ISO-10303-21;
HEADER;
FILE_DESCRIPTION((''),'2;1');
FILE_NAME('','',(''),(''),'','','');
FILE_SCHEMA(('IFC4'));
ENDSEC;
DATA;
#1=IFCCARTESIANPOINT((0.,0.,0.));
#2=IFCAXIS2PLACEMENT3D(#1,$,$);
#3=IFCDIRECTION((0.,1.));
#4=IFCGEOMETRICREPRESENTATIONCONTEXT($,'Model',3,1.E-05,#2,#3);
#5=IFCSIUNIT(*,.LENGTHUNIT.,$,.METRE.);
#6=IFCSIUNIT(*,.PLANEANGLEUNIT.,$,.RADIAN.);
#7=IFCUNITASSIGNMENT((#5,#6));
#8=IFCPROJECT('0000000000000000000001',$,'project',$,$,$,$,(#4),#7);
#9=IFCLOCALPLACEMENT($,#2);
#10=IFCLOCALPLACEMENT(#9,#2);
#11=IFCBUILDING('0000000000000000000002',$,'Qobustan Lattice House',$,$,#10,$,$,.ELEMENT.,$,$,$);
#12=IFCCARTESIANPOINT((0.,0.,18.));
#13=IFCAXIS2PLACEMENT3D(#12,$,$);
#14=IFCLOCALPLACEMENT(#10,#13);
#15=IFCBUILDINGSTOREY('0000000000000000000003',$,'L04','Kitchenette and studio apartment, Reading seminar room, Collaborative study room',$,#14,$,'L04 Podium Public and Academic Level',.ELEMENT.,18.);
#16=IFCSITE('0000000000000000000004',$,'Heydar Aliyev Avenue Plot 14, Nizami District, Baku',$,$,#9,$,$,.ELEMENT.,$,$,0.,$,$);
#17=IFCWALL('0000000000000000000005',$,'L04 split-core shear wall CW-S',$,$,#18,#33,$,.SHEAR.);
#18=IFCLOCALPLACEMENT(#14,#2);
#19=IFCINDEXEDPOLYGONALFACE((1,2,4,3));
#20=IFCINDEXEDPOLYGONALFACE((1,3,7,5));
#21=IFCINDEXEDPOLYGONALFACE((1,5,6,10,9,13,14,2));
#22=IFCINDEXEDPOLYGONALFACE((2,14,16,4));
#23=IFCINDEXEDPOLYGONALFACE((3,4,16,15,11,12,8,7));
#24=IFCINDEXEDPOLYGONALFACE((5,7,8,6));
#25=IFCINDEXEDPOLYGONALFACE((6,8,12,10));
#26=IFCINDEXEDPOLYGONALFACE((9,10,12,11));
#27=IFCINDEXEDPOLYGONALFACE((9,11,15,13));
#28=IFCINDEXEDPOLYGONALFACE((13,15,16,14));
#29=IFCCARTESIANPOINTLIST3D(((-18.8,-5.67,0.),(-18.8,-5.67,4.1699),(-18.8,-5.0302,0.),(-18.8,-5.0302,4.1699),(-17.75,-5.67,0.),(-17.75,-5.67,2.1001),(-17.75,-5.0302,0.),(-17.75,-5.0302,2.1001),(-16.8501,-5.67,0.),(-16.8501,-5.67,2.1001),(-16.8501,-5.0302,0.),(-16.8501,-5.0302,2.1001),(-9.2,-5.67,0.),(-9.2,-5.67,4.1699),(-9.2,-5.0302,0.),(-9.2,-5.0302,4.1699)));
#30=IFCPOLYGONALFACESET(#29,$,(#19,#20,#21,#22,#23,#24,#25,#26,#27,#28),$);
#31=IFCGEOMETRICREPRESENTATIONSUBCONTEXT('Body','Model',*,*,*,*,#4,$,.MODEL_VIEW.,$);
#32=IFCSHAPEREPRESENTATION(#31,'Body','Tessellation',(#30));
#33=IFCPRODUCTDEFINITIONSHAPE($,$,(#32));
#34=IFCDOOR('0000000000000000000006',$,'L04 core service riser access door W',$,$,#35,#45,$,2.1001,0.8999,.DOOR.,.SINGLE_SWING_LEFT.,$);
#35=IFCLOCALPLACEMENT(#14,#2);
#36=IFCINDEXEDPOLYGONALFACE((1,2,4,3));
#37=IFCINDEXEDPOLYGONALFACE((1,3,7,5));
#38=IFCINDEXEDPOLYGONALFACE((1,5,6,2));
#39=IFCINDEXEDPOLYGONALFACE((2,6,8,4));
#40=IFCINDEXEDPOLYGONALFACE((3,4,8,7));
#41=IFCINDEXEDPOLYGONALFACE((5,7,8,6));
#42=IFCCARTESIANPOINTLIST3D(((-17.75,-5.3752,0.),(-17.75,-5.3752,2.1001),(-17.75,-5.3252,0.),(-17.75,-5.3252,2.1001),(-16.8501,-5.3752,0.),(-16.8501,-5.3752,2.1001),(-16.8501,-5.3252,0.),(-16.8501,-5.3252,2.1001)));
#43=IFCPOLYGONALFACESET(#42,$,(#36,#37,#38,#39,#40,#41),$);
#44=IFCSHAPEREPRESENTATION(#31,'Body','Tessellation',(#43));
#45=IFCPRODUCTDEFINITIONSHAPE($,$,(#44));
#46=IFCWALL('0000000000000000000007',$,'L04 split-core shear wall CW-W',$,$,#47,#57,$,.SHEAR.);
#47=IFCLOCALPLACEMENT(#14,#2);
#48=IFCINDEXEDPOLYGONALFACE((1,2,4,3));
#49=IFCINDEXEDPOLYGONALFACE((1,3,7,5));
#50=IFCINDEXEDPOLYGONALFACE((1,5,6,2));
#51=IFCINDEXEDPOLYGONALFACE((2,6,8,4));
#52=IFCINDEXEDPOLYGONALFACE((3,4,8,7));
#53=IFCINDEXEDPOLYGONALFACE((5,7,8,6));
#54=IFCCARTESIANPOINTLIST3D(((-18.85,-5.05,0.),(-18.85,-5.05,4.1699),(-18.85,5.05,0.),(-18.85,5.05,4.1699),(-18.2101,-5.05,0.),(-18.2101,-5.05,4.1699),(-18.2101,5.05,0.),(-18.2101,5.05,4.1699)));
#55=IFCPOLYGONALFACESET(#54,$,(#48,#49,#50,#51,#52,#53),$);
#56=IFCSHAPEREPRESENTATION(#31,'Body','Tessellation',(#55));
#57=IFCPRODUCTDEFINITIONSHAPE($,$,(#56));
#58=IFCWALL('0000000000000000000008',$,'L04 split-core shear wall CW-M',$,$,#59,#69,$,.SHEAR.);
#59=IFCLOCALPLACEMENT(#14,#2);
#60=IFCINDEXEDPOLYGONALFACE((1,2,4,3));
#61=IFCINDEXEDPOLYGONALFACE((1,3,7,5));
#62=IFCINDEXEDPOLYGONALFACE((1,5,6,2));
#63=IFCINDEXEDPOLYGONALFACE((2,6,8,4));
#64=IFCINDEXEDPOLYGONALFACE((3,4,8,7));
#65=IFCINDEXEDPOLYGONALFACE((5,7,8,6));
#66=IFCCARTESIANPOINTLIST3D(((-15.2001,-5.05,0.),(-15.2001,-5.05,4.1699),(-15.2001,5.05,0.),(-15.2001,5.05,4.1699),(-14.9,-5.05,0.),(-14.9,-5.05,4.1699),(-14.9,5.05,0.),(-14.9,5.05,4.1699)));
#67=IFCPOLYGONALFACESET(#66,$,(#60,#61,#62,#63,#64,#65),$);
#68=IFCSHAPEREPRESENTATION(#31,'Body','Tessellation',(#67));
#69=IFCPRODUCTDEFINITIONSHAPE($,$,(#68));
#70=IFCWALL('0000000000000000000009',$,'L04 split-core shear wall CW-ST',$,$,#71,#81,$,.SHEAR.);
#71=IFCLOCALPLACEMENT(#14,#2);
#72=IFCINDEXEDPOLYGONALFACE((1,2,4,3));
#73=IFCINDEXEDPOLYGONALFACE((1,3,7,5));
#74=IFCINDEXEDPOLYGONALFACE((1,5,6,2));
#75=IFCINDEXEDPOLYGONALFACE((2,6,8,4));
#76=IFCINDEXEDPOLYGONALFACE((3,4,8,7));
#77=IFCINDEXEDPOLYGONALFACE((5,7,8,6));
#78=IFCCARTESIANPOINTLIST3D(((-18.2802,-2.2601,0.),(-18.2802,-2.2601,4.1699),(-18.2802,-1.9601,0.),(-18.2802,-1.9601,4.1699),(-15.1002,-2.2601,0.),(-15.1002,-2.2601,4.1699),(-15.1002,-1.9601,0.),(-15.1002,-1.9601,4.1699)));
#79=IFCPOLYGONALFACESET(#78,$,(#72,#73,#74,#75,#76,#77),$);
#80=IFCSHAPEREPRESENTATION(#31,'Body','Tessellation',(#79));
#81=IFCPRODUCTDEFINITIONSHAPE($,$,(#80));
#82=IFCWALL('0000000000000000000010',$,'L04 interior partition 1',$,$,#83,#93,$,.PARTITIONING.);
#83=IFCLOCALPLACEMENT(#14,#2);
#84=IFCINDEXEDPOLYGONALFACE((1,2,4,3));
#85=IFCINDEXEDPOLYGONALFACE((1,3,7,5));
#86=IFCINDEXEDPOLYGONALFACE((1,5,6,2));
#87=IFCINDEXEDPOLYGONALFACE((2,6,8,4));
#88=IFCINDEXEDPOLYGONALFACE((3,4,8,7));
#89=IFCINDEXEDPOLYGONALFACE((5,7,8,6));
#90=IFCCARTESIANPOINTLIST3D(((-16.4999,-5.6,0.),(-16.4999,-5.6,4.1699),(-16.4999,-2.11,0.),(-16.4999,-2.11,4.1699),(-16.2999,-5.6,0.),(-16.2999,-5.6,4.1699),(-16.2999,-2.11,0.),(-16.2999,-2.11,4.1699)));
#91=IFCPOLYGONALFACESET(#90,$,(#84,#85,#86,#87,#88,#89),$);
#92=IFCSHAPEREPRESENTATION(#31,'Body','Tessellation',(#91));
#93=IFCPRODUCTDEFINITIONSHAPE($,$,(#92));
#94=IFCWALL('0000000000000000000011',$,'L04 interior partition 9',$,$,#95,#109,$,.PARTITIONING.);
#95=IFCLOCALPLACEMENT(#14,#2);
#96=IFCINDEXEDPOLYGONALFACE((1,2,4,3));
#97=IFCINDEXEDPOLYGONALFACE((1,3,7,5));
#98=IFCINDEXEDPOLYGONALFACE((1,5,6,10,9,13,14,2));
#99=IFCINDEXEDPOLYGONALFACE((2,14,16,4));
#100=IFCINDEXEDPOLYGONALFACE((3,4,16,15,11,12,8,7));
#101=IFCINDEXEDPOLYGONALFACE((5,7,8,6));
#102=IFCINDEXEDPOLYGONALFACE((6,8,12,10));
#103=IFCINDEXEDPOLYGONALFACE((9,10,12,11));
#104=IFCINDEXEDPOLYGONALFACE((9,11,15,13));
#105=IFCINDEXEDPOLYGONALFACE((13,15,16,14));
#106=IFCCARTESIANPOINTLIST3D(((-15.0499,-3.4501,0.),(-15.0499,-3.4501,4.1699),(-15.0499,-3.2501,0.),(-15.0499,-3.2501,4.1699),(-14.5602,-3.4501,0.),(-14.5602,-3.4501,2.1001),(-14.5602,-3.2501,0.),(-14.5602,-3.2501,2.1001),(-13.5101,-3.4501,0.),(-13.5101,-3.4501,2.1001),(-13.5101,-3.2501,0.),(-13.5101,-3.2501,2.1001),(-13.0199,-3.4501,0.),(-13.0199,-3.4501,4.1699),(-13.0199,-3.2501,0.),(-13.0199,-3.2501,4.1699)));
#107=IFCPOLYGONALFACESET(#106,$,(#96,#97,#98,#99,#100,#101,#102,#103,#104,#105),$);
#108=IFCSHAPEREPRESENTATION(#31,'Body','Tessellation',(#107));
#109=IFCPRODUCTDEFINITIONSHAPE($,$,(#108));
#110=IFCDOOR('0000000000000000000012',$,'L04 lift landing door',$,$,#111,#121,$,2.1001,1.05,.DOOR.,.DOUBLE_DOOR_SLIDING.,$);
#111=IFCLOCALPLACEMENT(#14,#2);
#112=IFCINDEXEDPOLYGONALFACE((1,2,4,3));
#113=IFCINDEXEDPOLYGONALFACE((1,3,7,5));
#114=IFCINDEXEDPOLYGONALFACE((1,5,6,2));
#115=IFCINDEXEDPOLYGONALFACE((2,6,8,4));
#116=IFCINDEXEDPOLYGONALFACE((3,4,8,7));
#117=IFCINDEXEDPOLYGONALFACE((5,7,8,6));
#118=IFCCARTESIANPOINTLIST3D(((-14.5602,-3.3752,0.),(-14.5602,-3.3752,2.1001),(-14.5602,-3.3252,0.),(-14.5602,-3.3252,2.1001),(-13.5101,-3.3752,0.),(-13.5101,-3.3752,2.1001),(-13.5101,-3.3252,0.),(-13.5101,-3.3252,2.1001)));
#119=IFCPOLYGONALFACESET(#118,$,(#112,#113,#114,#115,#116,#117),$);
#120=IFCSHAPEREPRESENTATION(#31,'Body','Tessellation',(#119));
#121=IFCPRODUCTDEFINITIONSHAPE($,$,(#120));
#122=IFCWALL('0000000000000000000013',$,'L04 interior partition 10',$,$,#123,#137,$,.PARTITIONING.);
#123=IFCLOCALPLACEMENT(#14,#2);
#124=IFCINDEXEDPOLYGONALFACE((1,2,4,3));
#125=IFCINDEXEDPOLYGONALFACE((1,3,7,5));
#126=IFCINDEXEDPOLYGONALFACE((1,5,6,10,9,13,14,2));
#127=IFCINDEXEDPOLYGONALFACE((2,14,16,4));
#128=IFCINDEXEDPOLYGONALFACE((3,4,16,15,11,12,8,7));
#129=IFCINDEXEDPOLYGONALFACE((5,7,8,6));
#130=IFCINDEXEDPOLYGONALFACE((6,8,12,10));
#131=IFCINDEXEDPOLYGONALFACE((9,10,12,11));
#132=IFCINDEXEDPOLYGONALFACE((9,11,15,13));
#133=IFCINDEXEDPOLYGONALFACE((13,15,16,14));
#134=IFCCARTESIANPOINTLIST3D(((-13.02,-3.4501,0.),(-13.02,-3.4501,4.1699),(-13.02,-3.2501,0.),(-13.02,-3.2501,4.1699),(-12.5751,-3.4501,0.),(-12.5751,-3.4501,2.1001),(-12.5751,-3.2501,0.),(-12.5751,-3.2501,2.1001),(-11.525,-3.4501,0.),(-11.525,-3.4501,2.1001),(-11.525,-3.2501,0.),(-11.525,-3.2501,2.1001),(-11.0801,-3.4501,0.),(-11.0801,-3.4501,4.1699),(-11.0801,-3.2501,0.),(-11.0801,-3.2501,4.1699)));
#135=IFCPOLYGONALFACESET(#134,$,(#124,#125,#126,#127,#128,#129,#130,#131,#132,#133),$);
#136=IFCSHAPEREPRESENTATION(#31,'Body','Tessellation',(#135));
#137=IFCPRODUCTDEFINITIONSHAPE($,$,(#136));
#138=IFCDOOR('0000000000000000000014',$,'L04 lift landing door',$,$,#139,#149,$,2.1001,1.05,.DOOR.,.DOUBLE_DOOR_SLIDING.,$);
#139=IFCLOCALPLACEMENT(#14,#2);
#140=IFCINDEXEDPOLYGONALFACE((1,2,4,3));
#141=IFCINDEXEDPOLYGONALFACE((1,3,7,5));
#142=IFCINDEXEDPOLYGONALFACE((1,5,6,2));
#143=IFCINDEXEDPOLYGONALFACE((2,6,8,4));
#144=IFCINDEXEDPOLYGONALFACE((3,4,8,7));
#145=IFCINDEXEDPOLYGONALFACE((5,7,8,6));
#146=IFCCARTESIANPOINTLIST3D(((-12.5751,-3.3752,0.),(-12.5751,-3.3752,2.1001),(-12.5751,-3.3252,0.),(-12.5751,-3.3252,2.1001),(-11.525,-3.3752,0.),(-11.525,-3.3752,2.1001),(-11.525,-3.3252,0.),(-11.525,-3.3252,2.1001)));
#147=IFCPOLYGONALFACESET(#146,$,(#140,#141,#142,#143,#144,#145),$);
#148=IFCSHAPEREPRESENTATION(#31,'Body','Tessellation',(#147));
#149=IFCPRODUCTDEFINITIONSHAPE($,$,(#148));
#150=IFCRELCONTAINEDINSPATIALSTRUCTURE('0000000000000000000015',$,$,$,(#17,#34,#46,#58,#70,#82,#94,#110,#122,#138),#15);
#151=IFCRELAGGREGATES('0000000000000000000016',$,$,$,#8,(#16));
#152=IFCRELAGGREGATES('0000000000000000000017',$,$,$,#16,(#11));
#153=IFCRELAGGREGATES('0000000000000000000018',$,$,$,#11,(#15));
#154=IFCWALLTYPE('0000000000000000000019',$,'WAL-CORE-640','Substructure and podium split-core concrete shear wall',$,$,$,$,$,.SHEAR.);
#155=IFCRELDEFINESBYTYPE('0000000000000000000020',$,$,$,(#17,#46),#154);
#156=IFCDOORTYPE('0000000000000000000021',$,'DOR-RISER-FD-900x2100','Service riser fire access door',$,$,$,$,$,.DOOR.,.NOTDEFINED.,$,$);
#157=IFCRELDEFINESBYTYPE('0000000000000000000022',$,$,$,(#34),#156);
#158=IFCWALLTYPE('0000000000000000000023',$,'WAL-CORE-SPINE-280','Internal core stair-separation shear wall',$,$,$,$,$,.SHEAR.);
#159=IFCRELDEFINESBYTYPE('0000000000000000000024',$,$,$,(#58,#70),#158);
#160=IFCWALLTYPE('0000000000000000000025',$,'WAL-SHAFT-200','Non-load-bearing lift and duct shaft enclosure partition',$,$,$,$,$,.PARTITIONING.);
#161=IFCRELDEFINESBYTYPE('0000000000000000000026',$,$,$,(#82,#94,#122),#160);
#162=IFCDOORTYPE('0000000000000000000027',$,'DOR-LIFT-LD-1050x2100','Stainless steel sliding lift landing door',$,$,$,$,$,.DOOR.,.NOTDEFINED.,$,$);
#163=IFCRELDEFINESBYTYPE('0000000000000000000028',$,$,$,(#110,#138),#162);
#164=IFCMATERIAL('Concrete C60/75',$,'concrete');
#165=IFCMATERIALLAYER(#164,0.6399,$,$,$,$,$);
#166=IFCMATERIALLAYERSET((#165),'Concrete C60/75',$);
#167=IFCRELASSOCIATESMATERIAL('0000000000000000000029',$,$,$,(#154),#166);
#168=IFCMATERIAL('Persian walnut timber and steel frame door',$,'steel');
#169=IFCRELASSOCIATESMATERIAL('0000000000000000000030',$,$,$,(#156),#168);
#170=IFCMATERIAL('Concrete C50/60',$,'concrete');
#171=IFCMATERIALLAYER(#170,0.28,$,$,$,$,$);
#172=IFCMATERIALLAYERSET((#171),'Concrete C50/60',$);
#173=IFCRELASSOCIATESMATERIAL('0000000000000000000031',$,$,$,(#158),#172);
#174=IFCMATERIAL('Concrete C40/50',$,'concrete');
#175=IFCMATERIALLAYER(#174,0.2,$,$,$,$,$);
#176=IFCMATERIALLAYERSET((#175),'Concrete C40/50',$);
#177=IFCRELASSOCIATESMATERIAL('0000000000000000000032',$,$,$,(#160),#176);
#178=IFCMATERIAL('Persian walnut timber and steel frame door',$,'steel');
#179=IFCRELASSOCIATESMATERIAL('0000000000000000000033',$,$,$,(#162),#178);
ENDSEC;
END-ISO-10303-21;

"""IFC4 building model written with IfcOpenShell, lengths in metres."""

from ifc_helpers import new_model, si_unit, direction, frame, frame_2d, origin, place, context, subcontext, project, spatial, rectangle, extrude, material, layer, layer_set, type_object, element, fill, save


model = new_model("IFC4")

# Units and contexts
model_context = context("Model", 3, precision=1e-05, world=origin(), true_north=direction((0.0, 1.0)))
body_context = subcontext(model_context, "Body", "Model", "MODEL_VIEW")
ifc_project = project(units=[si_unit("LENGTHUNIT", "METRE"), si_unit("PLANEANGLEUNIT", "RADIAN")], contexts=[model_context])

# Site, building, storey
site_placement = place(None, origin())
site = spatial("IfcSite", under=ifc_project, at=site_placement, Name="Heydar Aliyev Avenue Plot 14, Nizami District, Baku", CompositionType="ELEMENT", RefElevation=0.0)
building_placement = place(site_placement, origin())
building = spatial("IfcBuilding", under=site, at=building_placement, Name="Qobustan Lattice House", CompositionType="ELEMENT")
storey_placement = place(building_placement, frame((0.0, 0.0, 18.0)))
storey = spatial("IfcBuildingStorey", under=building, at=storey_placement, Name="L04", Description="Kitchenette and studio apartment, Reading seminar room, Collaborative study room", LongName="L04 Podium Public and Academic Level", CompositionType="ELEMENT", Elevation=18.0)

# Wall, opening, door
ifc_material_1 = material(Name="Concrete C60/75", Category="concrete")
ifc_layer_1 = layer(ifc_material_1, 0.6399)
ifc_layer_set_1 = layer_set([ifc_layer_1], Name="Concrete C60/75")
wall_type_1 = type_object("IfcWallType", Name="WAL-CORE-640", Description="Substructure and podium split-core concrete shear wall", PredefinedType="SHEAR", material=ifc_layer_set_1)
wall_1_placement = place(storey_placement, frame((-18.8, -5.3501, 0.0), z_axis=(0.0, 0.0, 1.0), x_axis=(1.0, 0.0, 0.0)))
wall_1 = element("IfcWall", 1, at=wall_1_placement, inside=storey, type_object=wall_type_1, Name="L04 split-core shear wall CW-S", PredefinedType="SHEAR", context=body_context, shape_type="SweptSolid", body=[
    extrude(rectangle(XDim=9.6001, YDim=0.6399, at=frame_2d((4.8, 0.0))), origin(), (0.0, 0.0, 1.0), 4.1699),
])
opening_1_placement = place(wall_1_placement, frame((1.05, 0.0, 0.0)))
opening_1 = element("IfcOpeningElement", 2, at=opening_1_placement, cuts=wall_1, PredefinedType="OPENING", context=body_context, shape_type="SweptSolid", body=[
    extrude(rectangle(XDim=0.8999, YDim=2.1001, at=frame_2d((0.45, 1.05))), frame((0.0, 0.3298, 0.0), z_axis=(0.0, -1.0, 0.0), x_axis=(1.0, 0.0, 0.0)), (0.0, 0.0, 1.0), 0.6599),
])
ifc_material_2 = material(Name="Persian walnut timber and steel frame door", Category="steel")
door_type_1 = type_object("IfcDoorType", Name="DOR-RISER-FD-900x2100", Description="Service riser fire access door", OperationType="NOTDEFINED", PredefinedType="DOOR", material=ifc_material_2)
door_1_placement = place(opening_1_placement, origin())
door_1 = element("IfcDoor", 3, at=door_1_placement, inside=storey, type_object=door_type_1, Name="L04 core service riser access door W", OperationType="SINGLE_SWING_LEFT", OverallHeight=2.1001, OverallWidth=0.8999, PredefinedType="DOOR", context=body_context, shape_type="SweptSolid", body=[
    extrude(rectangle(XDim=0.8999, YDim=2.1001, at=frame_2d((0.45, 1.05))), frame((0.0, 0.0249, 0.0), z_axis=(0.0, -1.0, 0.0), x_axis=(1.0, 0.0, 0.0)), (0.0, 0.0, 1.0), 0.05),
])
fill(opening_1, door_1)

# Walls
wall_2_placement = place(storey_placement, frame((-18.53, -5.05, 0.0), z_axis=(0.0, 0.0, 1.0), x_axis=(0.0, 1.0, 0.0)))
element("IfcWall", 4, at=wall_2_placement, inside=storey, type_object=wall_type_1, Name="L04 split-core shear wall CW-W", PredefinedType="SHEAR", context=body_context, shape_type="SweptSolid", body=[
    extrude(rectangle(XDim=10.1001, YDim=0.6399, at=frame_2d((5.05, 0.0))), origin(), (0.0, 0.0, 1.0), 4.1699),
])
ifc_material_3 = material(Name="Concrete C50/60", Category="concrete")
ifc_layer_2 = layer(ifc_material_3, 0.28)
ifc_layer_set_2 = layer_set([ifc_layer_2], Name="Concrete C50/60")
wall_type_2 = type_object("IfcWallType", Name="WAL-CORE-SPINE-280", Description="Internal core stair-separation shear wall", PredefinedType="SHEAR", material=ifc_layer_set_2)
wall_3_placement = place(storey_placement, frame((-15.05, -5.05, 0.0), z_axis=(0.0, 0.0, 1.0), x_axis=(0.0, 1.0, 0.0)))
element("IfcWall", 5, at=wall_3_placement, inside=storey, type_object=wall_type_2, Name="L04 split-core shear wall CW-M", PredefinedType="SHEAR", context=body_context, shape_type="SweptSolid", body=[
    extrude(rectangle(XDim=10.1001, YDim=0.3, at=frame_2d((5.05, 0.0))), origin(), (0.0, 0.0, 1.0), 4.1699),
])
wall_4_placement = place(storey_placement, frame((-18.28, -2.1101, 0.0), z_axis=(0.0, 0.0, 1.0), x_axis=(1.0, 0.0, 0.0)))
element("IfcWall", 6, at=wall_4_placement, inside=storey, type_object=wall_type_2, Name="L04 split-core shear wall CW-ST", PredefinedType="SHEAR", context=body_context, shape_type="SweptSolid", body=[
    extrude(rectangle(XDim=3.1799, YDim=0.3, at=frame_2d((1.5898, 0.0))), origin(), (0.0, 0.0, 1.0), 4.1699),
])
ifc_material_4 = material(Name="Concrete C40/50", Category="concrete")
ifc_layer_3 = layer(ifc_material_4, 0.2)
ifc_layer_set_3 = layer_set([ifc_layer_3], Name="Concrete C40/50")
wall_type_3 = type_object("IfcWallType", Name="WAL-SHAFT-200", Description="Non-load-bearing lift and duct shaft enclosure partition", PredefinedType="PARTITIONING", material=ifc_layer_set_3)
wall_5_placement = place(storey_placement, frame((-16.3999, -5.6001, 0.0), z_axis=(0.0, 0.0, 1.0), x_axis=(0.0, 1.0, 0.0)))
element("IfcWall", 7, at=wall_5_placement, inside=storey, type_object=wall_type_3, Name="L04 interior partition 1", PredefinedType="PARTITIONING", context=body_context, shape_type="SweptSolid", body=[
    extrude(rectangle(XDim=3.49, YDim=0.2, at=frame_2d((1.7451, 0.0))), origin(), (0.0, 0.0, 1.0), 4.1699),
])

# Walls, openings, doors
wall_6_placement = place(storey_placement, frame((-15.05, -3.3501, 0.0), z_axis=(0.0, 0.0, 1.0), x_axis=(1.0, 0.0, 0.0)))
wall_6 = element("IfcWall", 8, at=wall_6_placement, inside=storey, type_object=wall_type_3, Name="L04 interior partition 9", PredefinedType="PARTITIONING", context=body_context, shape_type="SweptSolid", body=[
    extrude(rectangle(XDim=2.03, YDim=0.2, at=frame_2d((1.0151, 0.0))), origin(), (0.0, 0.0, 1.0), 4.1699),
])
opening_2_placement = place(wall_6_placement, frame((0.49, 0.0, 0.0)))
opening_2 = element("IfcOpeningElement", 9, at=opening_2_placement, cuts=wall_6, PredefinedType="OPENING", context=body_context, shape_type="SweptSolid", body=[
    extrude(rectangle(XDim=1.05, YDim=2.1001, at=frame_2d((0.5249, 1.05))), frame((0.0, 0.1099, 0.0), z_axis=(0.0, -1.0, 0.0), x_axis=(1.0, 0.0, 0.0)), (0.0, 0.0, 1.0), 0.22),
])
ifc_material_5 = material(Name="Persian walnut timber and steel frame door", Category="steel")
door_type_2 = type_object("IfcDoorType", Name="DOR-LIFT-LD-1050x2100", Description="Stainless steel sliding lift landing door", OperationType="NOTDEFINED", PredefinedType="DOOR", material=ifc_material_5)
door_2_placement = place(opening_2_placement, origin())
door_2 = element("IfcDoor", 10, at=door_2_placement, inside=storey, type_object=door_type_2, Name="L04 lift landing door", OperationType="DOUBLE_DOOR_SLIDING", OverallHeight=2.1001, OverallWidth=1.05, PredefinedType="DOOR", context=body_context, shape_type="SweptSolid", body=[
    extrude(rectangle(XDim=1.05, YDim=2.1001, at=frame_2d((0.5249, 1.05))), frame((0.0, 0.0249, 0.0), z_axis=(0.0, -1.0, 0.0), x_axis=(1.0, 0.0, 0.0)), (0.0, 0.0, 1.0), 0.05),
])
fill(opening_2, door_2)
wall_7_placement = place(storey_placement, frame((-13.02, -3.3501, 0.0), z_axis=(0.0, 0.0, 1.0), x_axis=(1.0, 0.0, 0.0)))
wall_7 = element("IfcWall", 11, at=wall_7_placement, inside=storey, type_object=wall_type_3, Name="L04 interior partition 10", PredefinedType="PARTITIONING", context=body_context, shape_type="SweptSolid", body=[
    extrude(rectangle(XDim=1.9399, YDim=0.2, at=frame_2d((0.97, 0.0))), origin(), (0.0, 0.0, 1.0), 4.1699),
])
opening_3_placement = place(wall_7_placement, frame((0.4451, 0.0, 0.0)))
opening_3 = element("IfcOpeningElement", 12, at=opening_3_placement, cuts=wall_7, PredefinedType="OPENING", context=body_context, shape_type="SweptSolid", body=[
    extrude(rectangle(XDim=1.05, YDim=2.1001, at=frame_2d((0.5249, 1.05))), frame((0.0, 0.1099, 0.0), z_axis=(0.0, -1.0, 0.0), x_axis=(1.0, 0.0, 0.0)), (0.0, 0.0, 1.0), 0.22),
])
door_3_placement = place(opening_3_placement, origin())
door_3 = element("IfcDoor", 13, at=door_3_placement, inside=storey, type_object=door_type_2, Name="L04 lift landing door", OperationType="DOUBLE_DOOR_SLIDING", OverallHeight=2.1001, OverallWidth=1.05, PredefinedType="DOOR", context=body_context, shape_type="SweptSolid", body=[
    extrude(rectangle(XDim=1.05, YDim=2.1001, at=frame_2d((0.5249, 1.05))), frame((0.0, 0.0249, 0.0), z_axis=(0.0, -1.0, 0.0), x_axis=(1.0, 0.0, 0.0)), (0.0, 0.0, 1.0), 0.05),
])
fill(opening_3, door_3)

save(model, "model.ifc")
